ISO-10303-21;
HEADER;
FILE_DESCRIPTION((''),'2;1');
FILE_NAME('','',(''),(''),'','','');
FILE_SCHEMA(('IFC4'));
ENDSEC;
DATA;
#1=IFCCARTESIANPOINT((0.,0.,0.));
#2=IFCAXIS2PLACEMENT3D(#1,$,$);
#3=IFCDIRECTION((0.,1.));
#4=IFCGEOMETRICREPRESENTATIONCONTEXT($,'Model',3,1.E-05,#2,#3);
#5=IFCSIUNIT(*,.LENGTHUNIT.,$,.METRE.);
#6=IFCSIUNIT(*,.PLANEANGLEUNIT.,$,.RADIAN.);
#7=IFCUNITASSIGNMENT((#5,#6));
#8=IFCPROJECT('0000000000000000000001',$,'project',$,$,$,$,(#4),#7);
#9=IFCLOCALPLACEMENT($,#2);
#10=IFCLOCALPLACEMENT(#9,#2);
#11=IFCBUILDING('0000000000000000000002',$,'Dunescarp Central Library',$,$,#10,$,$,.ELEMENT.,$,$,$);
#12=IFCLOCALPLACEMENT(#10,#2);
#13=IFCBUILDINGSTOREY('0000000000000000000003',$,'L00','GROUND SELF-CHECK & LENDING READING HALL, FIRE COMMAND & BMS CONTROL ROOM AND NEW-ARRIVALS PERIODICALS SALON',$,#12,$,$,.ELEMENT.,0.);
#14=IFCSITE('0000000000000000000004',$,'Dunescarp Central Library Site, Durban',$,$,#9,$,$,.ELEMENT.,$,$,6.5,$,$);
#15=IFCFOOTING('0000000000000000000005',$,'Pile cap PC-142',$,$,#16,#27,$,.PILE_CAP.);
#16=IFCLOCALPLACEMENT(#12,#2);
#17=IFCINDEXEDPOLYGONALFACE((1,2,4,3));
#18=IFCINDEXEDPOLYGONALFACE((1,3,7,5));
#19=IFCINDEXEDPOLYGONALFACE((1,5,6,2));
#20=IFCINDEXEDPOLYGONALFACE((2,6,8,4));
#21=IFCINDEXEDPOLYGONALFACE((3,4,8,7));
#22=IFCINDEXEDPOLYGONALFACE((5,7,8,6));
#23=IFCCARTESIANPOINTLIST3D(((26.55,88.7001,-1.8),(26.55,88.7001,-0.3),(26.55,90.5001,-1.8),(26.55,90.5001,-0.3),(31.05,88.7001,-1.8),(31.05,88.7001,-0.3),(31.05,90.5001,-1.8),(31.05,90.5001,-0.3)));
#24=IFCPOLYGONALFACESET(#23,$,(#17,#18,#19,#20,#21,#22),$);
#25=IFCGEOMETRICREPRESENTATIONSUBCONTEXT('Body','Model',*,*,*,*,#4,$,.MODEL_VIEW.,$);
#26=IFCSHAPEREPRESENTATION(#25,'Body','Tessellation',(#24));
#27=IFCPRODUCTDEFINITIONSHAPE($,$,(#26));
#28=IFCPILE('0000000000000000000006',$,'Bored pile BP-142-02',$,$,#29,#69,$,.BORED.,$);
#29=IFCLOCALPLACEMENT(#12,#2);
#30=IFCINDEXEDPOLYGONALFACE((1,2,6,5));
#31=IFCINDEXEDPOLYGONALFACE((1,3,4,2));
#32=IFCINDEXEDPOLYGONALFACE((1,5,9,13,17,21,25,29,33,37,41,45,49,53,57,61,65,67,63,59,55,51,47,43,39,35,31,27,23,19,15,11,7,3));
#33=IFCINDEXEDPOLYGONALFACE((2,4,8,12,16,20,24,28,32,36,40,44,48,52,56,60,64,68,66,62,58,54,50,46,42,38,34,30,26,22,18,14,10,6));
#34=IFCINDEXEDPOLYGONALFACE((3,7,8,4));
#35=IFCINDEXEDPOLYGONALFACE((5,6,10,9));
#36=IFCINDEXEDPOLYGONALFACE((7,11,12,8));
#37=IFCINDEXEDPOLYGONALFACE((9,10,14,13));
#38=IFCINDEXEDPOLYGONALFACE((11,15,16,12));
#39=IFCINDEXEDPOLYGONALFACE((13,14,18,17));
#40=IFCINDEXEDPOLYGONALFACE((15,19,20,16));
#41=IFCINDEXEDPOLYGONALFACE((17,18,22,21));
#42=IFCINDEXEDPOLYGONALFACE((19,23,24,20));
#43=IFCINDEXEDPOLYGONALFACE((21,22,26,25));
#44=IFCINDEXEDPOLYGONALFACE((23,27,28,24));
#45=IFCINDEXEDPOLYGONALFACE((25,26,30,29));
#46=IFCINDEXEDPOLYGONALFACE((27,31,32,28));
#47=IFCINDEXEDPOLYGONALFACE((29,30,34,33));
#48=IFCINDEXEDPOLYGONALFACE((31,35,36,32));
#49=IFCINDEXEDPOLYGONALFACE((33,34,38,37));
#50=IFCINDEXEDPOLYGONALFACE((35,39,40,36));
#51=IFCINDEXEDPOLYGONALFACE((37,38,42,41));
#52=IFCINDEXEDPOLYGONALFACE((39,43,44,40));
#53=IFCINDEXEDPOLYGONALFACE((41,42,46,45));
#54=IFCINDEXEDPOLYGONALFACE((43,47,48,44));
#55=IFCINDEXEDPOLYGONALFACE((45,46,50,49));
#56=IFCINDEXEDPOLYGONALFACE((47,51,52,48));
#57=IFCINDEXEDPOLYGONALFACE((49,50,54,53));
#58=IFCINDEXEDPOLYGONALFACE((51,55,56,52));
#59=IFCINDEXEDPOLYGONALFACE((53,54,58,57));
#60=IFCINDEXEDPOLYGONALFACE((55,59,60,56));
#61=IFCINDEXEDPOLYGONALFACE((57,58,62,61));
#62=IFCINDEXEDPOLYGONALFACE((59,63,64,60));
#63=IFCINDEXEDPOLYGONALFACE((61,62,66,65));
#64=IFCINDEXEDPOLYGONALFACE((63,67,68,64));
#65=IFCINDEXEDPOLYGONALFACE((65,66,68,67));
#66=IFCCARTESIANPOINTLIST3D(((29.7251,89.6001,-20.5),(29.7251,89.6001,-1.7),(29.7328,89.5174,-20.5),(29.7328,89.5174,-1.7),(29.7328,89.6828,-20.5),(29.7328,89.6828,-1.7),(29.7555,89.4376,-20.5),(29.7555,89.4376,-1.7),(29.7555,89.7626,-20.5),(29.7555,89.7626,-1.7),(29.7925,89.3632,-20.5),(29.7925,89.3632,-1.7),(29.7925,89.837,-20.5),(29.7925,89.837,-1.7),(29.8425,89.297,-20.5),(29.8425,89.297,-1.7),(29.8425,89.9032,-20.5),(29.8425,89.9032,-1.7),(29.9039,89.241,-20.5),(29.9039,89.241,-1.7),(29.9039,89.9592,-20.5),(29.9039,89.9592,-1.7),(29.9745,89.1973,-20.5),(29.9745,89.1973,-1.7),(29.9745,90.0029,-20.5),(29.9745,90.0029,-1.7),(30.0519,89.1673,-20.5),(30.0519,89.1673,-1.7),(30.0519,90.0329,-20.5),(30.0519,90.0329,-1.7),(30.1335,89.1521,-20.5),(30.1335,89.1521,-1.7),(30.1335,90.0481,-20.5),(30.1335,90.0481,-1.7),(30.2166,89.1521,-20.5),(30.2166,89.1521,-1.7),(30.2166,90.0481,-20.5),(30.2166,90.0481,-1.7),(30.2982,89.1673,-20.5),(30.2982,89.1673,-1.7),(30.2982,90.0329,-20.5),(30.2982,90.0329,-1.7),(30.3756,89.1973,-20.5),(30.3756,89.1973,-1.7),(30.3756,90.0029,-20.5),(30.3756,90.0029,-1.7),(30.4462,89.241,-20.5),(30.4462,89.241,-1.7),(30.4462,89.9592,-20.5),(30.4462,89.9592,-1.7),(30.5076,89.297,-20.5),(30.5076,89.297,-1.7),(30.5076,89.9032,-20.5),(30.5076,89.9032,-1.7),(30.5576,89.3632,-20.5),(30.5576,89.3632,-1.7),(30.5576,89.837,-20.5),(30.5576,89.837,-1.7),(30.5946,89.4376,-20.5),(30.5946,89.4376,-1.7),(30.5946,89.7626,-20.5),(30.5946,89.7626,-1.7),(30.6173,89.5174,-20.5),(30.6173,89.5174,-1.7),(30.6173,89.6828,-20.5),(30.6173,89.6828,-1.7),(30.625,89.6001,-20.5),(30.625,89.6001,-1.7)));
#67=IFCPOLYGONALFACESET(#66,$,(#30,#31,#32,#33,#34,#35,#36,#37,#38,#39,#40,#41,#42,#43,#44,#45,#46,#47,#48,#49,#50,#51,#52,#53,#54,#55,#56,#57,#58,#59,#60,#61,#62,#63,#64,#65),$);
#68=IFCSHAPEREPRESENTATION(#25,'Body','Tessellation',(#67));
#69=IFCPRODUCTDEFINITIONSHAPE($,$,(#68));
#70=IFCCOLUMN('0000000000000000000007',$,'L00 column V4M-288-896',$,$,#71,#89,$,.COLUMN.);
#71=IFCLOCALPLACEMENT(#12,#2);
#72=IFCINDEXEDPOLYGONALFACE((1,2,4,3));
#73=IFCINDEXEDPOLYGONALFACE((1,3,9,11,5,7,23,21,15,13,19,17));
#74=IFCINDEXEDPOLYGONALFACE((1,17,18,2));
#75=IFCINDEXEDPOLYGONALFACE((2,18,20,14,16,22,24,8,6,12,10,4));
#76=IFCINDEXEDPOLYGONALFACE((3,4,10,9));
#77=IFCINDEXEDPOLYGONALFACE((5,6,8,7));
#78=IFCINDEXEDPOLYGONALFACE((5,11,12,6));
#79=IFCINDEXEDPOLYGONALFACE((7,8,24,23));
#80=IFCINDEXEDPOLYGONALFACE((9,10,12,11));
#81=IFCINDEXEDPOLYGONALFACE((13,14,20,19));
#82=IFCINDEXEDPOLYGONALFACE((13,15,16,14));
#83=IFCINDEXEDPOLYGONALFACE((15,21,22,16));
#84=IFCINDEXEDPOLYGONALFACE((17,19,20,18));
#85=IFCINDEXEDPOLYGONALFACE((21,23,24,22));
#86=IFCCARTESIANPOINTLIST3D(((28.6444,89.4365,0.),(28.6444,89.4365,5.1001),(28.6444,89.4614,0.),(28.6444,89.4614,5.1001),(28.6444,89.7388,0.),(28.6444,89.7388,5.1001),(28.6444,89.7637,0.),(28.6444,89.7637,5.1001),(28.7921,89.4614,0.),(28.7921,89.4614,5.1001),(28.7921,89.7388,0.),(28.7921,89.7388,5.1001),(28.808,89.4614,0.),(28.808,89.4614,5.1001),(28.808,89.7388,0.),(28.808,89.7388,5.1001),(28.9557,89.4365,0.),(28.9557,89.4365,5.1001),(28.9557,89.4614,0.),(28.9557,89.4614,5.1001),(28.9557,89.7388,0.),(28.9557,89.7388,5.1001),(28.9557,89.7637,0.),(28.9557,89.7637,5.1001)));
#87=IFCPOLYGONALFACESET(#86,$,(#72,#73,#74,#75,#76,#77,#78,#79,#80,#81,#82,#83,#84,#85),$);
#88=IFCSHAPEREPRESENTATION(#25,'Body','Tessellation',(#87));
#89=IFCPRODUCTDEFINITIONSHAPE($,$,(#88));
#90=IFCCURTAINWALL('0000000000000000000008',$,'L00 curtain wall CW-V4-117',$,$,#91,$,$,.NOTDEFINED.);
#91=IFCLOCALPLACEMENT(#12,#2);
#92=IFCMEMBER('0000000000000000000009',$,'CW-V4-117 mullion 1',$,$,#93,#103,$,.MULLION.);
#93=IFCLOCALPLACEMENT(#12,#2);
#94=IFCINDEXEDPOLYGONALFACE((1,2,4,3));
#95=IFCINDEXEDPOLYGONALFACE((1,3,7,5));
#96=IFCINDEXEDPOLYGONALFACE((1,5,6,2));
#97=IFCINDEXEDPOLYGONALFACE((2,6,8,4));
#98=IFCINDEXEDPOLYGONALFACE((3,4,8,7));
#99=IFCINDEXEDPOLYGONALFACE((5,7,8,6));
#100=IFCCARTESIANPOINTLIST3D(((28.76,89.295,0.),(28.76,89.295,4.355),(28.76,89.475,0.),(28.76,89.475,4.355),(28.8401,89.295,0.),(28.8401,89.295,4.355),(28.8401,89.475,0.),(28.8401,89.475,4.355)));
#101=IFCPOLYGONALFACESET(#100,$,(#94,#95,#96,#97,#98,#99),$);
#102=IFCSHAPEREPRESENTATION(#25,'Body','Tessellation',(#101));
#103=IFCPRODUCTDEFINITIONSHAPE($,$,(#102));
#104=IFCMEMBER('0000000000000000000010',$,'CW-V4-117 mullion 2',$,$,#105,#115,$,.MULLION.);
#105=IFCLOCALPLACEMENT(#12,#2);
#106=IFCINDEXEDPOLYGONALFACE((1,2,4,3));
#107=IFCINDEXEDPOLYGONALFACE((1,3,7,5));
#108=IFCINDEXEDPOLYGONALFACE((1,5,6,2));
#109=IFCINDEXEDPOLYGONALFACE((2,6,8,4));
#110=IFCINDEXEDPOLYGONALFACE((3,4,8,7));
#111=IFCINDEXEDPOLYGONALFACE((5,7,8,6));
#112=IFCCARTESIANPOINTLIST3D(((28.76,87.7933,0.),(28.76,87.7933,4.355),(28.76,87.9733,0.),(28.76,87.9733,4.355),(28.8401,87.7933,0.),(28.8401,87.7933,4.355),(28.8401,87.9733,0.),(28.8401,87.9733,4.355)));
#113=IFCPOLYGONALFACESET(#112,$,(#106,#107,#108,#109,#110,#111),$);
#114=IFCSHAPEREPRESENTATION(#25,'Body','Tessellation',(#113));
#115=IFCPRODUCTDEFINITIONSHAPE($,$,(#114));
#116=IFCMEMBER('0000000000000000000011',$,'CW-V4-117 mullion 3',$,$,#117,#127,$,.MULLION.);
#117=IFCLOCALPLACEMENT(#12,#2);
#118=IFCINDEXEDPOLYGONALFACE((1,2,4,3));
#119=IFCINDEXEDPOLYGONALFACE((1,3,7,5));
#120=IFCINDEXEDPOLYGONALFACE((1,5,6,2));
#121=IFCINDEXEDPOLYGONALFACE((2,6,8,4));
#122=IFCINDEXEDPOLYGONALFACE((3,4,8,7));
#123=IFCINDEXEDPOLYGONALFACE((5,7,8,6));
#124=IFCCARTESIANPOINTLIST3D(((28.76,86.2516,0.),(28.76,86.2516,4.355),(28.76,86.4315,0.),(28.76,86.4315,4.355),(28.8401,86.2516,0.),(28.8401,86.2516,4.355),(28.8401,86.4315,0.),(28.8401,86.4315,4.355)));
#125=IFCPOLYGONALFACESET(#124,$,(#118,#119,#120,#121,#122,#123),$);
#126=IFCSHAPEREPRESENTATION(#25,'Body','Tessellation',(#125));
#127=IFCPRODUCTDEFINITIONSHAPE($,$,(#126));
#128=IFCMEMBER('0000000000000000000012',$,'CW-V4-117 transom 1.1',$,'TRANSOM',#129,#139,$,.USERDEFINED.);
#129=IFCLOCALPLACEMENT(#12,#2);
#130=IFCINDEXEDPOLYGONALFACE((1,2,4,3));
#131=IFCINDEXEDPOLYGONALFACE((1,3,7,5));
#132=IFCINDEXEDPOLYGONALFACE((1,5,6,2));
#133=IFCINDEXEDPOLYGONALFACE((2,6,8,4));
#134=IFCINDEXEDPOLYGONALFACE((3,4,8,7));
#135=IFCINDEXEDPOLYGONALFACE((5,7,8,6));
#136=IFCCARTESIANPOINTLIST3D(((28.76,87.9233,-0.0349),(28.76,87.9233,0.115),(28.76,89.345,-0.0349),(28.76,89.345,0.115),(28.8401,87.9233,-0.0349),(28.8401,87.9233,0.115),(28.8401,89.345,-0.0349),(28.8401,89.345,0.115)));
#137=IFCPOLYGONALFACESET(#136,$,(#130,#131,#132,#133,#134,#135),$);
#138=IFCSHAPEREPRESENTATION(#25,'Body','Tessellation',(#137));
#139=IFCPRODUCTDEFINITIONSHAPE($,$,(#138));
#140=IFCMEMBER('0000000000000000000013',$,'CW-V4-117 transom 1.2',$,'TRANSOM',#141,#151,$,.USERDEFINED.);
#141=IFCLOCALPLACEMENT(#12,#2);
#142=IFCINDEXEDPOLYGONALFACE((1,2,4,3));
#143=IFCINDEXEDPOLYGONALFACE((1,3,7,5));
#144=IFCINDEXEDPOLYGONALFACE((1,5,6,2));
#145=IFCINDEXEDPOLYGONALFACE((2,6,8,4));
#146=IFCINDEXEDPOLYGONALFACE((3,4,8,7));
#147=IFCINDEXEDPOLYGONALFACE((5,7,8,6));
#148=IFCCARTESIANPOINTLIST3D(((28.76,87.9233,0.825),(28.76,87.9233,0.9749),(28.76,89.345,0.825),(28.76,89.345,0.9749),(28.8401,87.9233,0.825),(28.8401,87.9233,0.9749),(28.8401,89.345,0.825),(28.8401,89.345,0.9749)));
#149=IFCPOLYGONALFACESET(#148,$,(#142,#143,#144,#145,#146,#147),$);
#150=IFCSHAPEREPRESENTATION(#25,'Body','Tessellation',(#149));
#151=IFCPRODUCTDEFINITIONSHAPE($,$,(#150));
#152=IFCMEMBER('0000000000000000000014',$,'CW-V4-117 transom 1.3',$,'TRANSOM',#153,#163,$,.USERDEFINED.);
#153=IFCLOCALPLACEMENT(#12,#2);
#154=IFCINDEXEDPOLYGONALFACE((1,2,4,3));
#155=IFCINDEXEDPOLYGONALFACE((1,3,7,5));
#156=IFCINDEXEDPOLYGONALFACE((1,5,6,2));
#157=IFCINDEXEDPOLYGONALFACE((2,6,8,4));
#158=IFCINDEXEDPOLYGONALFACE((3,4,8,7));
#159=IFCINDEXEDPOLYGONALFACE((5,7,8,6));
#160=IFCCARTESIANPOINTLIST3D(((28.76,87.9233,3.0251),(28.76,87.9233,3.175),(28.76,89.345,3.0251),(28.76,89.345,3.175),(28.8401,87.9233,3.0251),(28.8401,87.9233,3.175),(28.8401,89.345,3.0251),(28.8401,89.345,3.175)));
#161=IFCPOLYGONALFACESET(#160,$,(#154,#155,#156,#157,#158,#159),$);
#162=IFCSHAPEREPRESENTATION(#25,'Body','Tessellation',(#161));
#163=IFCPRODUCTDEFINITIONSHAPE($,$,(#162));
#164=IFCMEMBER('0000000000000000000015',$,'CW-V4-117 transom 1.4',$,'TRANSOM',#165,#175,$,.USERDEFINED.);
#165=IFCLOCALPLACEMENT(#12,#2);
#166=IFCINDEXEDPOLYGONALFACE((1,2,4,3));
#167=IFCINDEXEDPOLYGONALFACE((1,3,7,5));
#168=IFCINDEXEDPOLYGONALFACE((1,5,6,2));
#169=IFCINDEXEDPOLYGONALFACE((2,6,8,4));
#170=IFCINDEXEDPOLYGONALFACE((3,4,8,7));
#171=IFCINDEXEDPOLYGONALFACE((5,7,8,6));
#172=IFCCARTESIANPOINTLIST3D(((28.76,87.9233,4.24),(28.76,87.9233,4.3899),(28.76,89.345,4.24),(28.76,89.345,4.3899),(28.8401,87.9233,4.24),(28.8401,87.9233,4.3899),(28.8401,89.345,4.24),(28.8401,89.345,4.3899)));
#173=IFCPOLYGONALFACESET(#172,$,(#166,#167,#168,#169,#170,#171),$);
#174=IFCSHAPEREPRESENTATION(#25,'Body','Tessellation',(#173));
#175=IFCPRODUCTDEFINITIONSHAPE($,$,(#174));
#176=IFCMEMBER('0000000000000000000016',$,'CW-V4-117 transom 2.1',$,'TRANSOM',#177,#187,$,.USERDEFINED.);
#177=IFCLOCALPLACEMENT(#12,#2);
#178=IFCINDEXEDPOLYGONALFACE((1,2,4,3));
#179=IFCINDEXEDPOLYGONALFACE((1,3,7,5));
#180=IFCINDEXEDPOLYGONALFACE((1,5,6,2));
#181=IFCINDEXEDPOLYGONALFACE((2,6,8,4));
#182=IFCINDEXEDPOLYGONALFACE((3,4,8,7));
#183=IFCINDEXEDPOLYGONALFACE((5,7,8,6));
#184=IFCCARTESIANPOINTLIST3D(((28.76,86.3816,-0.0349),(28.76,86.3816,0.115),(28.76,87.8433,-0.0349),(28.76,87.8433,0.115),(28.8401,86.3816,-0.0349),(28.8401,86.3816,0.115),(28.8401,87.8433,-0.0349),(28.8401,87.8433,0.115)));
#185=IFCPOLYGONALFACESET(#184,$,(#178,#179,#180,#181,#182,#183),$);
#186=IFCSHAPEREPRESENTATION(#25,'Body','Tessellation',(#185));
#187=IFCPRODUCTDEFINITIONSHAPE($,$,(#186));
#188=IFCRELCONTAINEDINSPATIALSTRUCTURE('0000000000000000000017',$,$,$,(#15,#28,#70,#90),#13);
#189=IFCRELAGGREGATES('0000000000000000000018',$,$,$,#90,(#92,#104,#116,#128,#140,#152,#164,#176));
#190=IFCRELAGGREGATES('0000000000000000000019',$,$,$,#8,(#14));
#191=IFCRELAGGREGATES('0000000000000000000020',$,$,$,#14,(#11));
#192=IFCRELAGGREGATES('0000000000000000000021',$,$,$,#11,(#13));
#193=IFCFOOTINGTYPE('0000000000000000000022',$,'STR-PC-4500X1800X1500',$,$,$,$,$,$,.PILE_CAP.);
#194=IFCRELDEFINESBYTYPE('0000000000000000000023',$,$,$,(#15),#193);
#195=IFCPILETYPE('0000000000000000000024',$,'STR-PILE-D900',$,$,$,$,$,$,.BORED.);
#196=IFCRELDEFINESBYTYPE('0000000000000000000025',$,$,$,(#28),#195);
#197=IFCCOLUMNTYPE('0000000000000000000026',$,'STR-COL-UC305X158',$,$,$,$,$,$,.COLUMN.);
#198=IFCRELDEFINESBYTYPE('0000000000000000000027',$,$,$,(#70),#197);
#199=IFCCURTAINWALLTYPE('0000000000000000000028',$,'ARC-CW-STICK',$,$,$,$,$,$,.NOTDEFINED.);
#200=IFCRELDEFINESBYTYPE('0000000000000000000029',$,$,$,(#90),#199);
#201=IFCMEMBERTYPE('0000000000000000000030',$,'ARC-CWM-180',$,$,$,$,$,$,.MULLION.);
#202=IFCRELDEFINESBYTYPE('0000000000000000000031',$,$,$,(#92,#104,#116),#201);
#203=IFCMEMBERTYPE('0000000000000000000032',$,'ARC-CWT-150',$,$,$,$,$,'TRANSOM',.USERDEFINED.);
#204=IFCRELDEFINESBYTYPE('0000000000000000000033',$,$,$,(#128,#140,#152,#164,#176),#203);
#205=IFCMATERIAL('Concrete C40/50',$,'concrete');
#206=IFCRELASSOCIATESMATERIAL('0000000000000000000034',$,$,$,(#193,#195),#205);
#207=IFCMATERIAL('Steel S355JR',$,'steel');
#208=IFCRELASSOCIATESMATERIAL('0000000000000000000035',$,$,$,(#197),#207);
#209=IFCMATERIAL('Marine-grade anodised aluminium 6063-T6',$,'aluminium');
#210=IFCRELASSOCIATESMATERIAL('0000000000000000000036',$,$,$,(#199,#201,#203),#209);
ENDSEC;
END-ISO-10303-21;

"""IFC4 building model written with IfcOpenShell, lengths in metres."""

from ifc_helpers import new_model, si_unit, direction, frame, origin, origin_2d, place, context, subcontext, project, spatial, rectangle, circle, i_section, extrude, material, material_profile, profile_set, type_object, element, aggregate, save


model = new_model("IFC4")

# Units and contexts
model_context = context("Model", 3, precision=1e-05, world=origin(), true_north=direction((0.0, 1.0)))
body_context = subcontext(model_context, "Body", "Model", "MODEL_VIEW")
ifc_project = project(units=[si_unit("LENGTHUNIT", "METRE"), si_unit("PLANEANGLEUNIT", "RADIAN")], contexts=[model_context])

# Site, building, storey
site_placement = place(None, origin())
site = spatial("IfcSite", under=ifc_project, at=site_placement, Name="Dunescarp Central Library Site, Durban", CompositionType="ELEMENT", RefElevation=6.5)
building_placement = place(site_placement, origin())
building = spatial("IfcBuilding", under=site, at=building_placement, Name="Dunescarp Central Library", CompositionType="ELEMENT")
storey_placement = place(building_placement, origin())
storey = spatial("IfcBuildingStorey", under=building, at=storey_placement, Name="L00", Description="GROUND SELF-CHECK & LENDING READING HALL, FIRE COMMAND & BMS CONTROL ROOM AND NEW-ARRIVALS PERIODICALS SALON", CompositionType="ELEMENT", Elevation=0.0)

# Footing
ifc_material_1 = material(Name="Concrete C40/50", Category="concrete")
footing_type = type_object("IfcFootingType", Name="STR-PC-4500X1800X1500", PredefinedType="PILE_CAP", material=ifc_material_1)
footing_placement = place(storey_placement, frame((28.8, 89.6001, -1.8), z_axis=(0.0, 0.0, 1.0), x_axis=(1.0, 0.0, 0.0)))
element("IfcFooting", 1, at=footing_placement, inside=storey, type_object=footing_type, Name="Pile cap PC-142", PredefinedType="PILE_CAP", context=body_context, shape_type="SweptSolid", body=[
    extrude(rectangle(XDim=4.5, YDim=1.8, at=origin_2d()), origin(), (0.0, 0.0, 1.0), 1.5),
])

# Pile
ifc_material_profile_1 = material_profile(ifc_material_1, circle(Radius=0.45, at=origin_2d()), Name="PILE D900")
ifc_profile_set_1 = profile_set([ifc_material_profile_1], Name="Concrete C40/50")
pile_type = type_object("IfcPileType", Name="STR-PILE-D900", PredefinedType="BORED", material=ifc_profile_set_1)
pile_placement = place(storey_placement, frame((30.175, 89.6001, -1.7), z_axis=(0.0, 0.0, -1.0), x_axis=(1.0, 0.0, 0.0)))
element("IfcPile", 2, at=pile_placement, inside=storey, type_object=pile_type, Name="Bored pile BP-142-02", PredefinedType="BORED", context=body_context, shape_type="SweptSolid", body=[
    extrude(circle(Radius=0.45, at=origin_2d()), origin(), (0.0, 0.0, 1.0), 18.8),
])

# Column
ifc_material_2 = material(Name="Steel S355JR", Category="steel")
ifc_material_profile_2 = material_profile(ifc_material_2, i_section(OverallWidth=0.3113, OverallDepth=0.3271, WebThickness=0.0159, FlangeThickness=0.0249, at=origin_2d()), Name="UC 305x305x158")
ifc_profile_set_2 = profile_set([ifc_material_profile_2], Name="Steel S355JR")
column_type = type_object("IfcColumnType", Name="STR-COL-UC305X158", PredefinedType="COLUMN", material=ifc_profile_set_2)
column_placement = place(storey_placement, frame((28.8, 89.6001, 0.0), z_axis=(0.0, 0.0, 1.0), x_axis=(1.0, 0.0, 0.0)))
element("IfcColumn", 3, at=column_placement, inside=storey, type_object=column_type, Name="L00 column V4M-288-896", PredefinedType="COLUMN", context=body_context, shape_type="SweptSolid", body=[
    extrude(i_section(OverallWidth=0.3113, OverallDepth=0.3271, WebThickness=0.0159, FlangeThickness=0.0249, at=origin_2d()), origin(), (0.0, 0.0, 1.0), 5.1001),
])

# Curtain wall, members
ifc_material_3 = material(Name="Marine-grade anodised aluminium 6063-T6", Category="aluminium")
curtain_wall_type = type_object("IfcCurtainWallType", Name="ARC-CW-STICK", PredefinedType="NOTDEFINED", material=ifc_material_3)
curtain_wall_placement = place(storey_placement, origin())
curtain_wall = element("IfcCurtainWall", 4, at=curtain_wall_placement, inside=storey, type_object=curtain_wall_type, Name="L00 curtain wall CW-V4-117", PredefinedType="NOTDEFINED")
ifc_material_profile_3 = material_profile(ifc_material_3, rectangle(XDim=0.0801, YDim=0.1799, at=origin_2d()), Name="AL 80x180")
ifc_profile_set_3 = profile_set([ifc_material_profile_3], Name="Marine-grade anodised aluminium 6063-T6")
member_type_1 = type_object("IfcMemberType", Name="ARC-CWM-180", PredefinedType="MULLION", material=ifc_profile_set_3)
member_1_placement = place(storey_placement, frame((28.8, 89.385, 0.0), z_axis=(0.0, 0.0, 1.0), x_axis=(1.0, 0.0, 0.0)))
member_1 = element("IfcMember", 5, at=member_1_placement, type_object=member_type_1, Name="CW-V4-117 mullion 1", PredefinedType="MULLION", context=body_context, shape_type="SweptSolid", body=[
    extrude(rectangle(XDim=0.0801, YDim=0.1799, at=origin_2d()), origin(), (0.0, 0.0, 1.0), 4.355),
])
member_2_placement = place(storey_placement, frame((28.8, 87.8833, 0.0), z_axis=(0.0, 0.0, 1.0), x_axis=(1.0, 0.0, 0.0)))
member_2 = element("IfcMember", 6, at=member_2_placement, type_object=member_type_1, Name="CW-V4-117 mullion 2", PredefinedType="MULLION", context=body_context, shape_type="SweptSolid", body=[
    extrude(rectangle(XDim=0.0801, YDim=0.1799, at=origin_2d()), origin(), (0.0, 0.0, 1.0), 4.355),
])
member_3_placement = place(storey_placement, frame((28.8, 86.3416, 0.0), z_axis=(0.0, 0.0, 1.0), x_axis=(1.0, 0.0, 0.0)))
member_3 = element("IfcMember", 7, at=member_3_placement, type_object=member_type_1, Name="CW-V4-117 mullion 3", PredefinedType="MULLION", context=body_context, shape_type="SweptSolid", body=[
    extrude(rectangle(XDim=0.0801, YDim=0.1799, at=origin_2d()), origin(), (0.0, 0.0, 1.0), 4.355),
])
ifc_material_profile_4 = material_profile(ifc_material_3, rectangle(XDim=0.0801, YDim=0.1499, at=origin_2d()), Name="AL 80x150")
ifc_profile_set_4 = profile_set([ifc_material_profile_4], Name="Marine-grade anodised aluminium 6063-T6")
member_type_2 = type_object("IfcMemberType", Name="ARC-CWT-150", ElementType="TRANSOM", PredefinedType="USERDEFINED", material=ifc_profile_set_4)
member_4_placement = place(storey_placement, frame((28.8, 89.345, 0.04), z_axis=(0.0, -1.0, 0.0), x_axis=(1.0, 0.0, 0.0)))
member_4 = element("IfcMember", 8, at=member_4_placement, type_object=member_type_2, Name="CW-V4-117 transom 1.1", ObjectType="TRANSOM", PredefinedType="USERDEFINED", context=body_context, shape_type="SweptSolid", body=[
    extrude(rectangle(XDim=0.0801, YDim=0.1499, at=origin_2d()), origin(), (0.0, 0.0, 1.0), 1.4216),
])
member_5_placement = place(storey_placement, frame((28.8, 89.345, 0.8999), z_axis=(0.0, -1.0, 0.0), x_axis=(1.0, 0.0, 0.0)))
member_5 = element("IfcMember", 9, at=member_5_placement, type_object=member_type_2, Name="CW-V4-117 transom 1.2", ObjectType="TRANSOM", PredefinedType="USERDEFINED", context=body_context, shape_type="SweptSolid", body=[
    extrude(rectangle(XDim=0.0801, YDim=0.1499, at=origin_2d()), origin(), (0.0, 0.0, 1.0), 1.4216),
])
member_6_placement = place(storey_placement, frame((28.8, 89.345, 3.1001), z_axis=(0.0, -1.0, 0.0), x_axis=(1.0, 0.0, 0.0)))
member_6 = element("IfcMember", 10, at=member_6_placement, type_object=member_type_2, Name="CW-V4-117 transom 1.3", ObjectType="TRANSOM", PredefinedType="USERDEFINED", context=body_context, shape_type="SweptSolid", body=[
    extrude(rectangle(XDim=0.0801, YDim=0.1499, at=origin_2d()), origin(), (0.0, 0.0, 1.0), 1.4216),
])
member_7_placement = place(storey_placement, frame((28.8, 89.345, 4.3149), z_axis=(0.0, -1.0, 0.0), x_axis=(1.0, 0.0, 0.0)))
member_7 = element("IfcMember", 11, at=member_7_placement, type_object=member_type_2, Name="CW-V4-117 transom 1.4", ObjectType="TRANSOM", PredefinedType="USERDEFINED", context=body_context, shape_type="SweptSolid", body=[
    extrude(rectangle(XDim=0.0801, YDim=0.1499, at=origin_2d()), origin(), (0.0, 0.0, 1.0), 1.4216),
])
member_8_placement = place(storey_placement, frame((28.8, 87.8433, 0.04), z_axis=(0.0, -1.0, 0.0), x_axis=(1.0, 0.0, 0.0)))
member_8 = element("IfcMember", 12, at=member_8_placement, type_object=member_type_2, Name="CW-V4-117 transom 2.1", ObjectType="TRANSOM", PredefinedType="USERDEFINED", context=body_context, shape_type="SweptSolid", body=[
    extrude(rectangle(XDim=0.0801, YDim=0.1499, at=origin_2d()), origin(), (0.0, 0.0, 1.0), 1.4617),
])
aggregate(curtain_wall, [member_1, member_2, member_3, member_4, member_5, member_6, member_7, member_8])

save(model, "model.ifc")
